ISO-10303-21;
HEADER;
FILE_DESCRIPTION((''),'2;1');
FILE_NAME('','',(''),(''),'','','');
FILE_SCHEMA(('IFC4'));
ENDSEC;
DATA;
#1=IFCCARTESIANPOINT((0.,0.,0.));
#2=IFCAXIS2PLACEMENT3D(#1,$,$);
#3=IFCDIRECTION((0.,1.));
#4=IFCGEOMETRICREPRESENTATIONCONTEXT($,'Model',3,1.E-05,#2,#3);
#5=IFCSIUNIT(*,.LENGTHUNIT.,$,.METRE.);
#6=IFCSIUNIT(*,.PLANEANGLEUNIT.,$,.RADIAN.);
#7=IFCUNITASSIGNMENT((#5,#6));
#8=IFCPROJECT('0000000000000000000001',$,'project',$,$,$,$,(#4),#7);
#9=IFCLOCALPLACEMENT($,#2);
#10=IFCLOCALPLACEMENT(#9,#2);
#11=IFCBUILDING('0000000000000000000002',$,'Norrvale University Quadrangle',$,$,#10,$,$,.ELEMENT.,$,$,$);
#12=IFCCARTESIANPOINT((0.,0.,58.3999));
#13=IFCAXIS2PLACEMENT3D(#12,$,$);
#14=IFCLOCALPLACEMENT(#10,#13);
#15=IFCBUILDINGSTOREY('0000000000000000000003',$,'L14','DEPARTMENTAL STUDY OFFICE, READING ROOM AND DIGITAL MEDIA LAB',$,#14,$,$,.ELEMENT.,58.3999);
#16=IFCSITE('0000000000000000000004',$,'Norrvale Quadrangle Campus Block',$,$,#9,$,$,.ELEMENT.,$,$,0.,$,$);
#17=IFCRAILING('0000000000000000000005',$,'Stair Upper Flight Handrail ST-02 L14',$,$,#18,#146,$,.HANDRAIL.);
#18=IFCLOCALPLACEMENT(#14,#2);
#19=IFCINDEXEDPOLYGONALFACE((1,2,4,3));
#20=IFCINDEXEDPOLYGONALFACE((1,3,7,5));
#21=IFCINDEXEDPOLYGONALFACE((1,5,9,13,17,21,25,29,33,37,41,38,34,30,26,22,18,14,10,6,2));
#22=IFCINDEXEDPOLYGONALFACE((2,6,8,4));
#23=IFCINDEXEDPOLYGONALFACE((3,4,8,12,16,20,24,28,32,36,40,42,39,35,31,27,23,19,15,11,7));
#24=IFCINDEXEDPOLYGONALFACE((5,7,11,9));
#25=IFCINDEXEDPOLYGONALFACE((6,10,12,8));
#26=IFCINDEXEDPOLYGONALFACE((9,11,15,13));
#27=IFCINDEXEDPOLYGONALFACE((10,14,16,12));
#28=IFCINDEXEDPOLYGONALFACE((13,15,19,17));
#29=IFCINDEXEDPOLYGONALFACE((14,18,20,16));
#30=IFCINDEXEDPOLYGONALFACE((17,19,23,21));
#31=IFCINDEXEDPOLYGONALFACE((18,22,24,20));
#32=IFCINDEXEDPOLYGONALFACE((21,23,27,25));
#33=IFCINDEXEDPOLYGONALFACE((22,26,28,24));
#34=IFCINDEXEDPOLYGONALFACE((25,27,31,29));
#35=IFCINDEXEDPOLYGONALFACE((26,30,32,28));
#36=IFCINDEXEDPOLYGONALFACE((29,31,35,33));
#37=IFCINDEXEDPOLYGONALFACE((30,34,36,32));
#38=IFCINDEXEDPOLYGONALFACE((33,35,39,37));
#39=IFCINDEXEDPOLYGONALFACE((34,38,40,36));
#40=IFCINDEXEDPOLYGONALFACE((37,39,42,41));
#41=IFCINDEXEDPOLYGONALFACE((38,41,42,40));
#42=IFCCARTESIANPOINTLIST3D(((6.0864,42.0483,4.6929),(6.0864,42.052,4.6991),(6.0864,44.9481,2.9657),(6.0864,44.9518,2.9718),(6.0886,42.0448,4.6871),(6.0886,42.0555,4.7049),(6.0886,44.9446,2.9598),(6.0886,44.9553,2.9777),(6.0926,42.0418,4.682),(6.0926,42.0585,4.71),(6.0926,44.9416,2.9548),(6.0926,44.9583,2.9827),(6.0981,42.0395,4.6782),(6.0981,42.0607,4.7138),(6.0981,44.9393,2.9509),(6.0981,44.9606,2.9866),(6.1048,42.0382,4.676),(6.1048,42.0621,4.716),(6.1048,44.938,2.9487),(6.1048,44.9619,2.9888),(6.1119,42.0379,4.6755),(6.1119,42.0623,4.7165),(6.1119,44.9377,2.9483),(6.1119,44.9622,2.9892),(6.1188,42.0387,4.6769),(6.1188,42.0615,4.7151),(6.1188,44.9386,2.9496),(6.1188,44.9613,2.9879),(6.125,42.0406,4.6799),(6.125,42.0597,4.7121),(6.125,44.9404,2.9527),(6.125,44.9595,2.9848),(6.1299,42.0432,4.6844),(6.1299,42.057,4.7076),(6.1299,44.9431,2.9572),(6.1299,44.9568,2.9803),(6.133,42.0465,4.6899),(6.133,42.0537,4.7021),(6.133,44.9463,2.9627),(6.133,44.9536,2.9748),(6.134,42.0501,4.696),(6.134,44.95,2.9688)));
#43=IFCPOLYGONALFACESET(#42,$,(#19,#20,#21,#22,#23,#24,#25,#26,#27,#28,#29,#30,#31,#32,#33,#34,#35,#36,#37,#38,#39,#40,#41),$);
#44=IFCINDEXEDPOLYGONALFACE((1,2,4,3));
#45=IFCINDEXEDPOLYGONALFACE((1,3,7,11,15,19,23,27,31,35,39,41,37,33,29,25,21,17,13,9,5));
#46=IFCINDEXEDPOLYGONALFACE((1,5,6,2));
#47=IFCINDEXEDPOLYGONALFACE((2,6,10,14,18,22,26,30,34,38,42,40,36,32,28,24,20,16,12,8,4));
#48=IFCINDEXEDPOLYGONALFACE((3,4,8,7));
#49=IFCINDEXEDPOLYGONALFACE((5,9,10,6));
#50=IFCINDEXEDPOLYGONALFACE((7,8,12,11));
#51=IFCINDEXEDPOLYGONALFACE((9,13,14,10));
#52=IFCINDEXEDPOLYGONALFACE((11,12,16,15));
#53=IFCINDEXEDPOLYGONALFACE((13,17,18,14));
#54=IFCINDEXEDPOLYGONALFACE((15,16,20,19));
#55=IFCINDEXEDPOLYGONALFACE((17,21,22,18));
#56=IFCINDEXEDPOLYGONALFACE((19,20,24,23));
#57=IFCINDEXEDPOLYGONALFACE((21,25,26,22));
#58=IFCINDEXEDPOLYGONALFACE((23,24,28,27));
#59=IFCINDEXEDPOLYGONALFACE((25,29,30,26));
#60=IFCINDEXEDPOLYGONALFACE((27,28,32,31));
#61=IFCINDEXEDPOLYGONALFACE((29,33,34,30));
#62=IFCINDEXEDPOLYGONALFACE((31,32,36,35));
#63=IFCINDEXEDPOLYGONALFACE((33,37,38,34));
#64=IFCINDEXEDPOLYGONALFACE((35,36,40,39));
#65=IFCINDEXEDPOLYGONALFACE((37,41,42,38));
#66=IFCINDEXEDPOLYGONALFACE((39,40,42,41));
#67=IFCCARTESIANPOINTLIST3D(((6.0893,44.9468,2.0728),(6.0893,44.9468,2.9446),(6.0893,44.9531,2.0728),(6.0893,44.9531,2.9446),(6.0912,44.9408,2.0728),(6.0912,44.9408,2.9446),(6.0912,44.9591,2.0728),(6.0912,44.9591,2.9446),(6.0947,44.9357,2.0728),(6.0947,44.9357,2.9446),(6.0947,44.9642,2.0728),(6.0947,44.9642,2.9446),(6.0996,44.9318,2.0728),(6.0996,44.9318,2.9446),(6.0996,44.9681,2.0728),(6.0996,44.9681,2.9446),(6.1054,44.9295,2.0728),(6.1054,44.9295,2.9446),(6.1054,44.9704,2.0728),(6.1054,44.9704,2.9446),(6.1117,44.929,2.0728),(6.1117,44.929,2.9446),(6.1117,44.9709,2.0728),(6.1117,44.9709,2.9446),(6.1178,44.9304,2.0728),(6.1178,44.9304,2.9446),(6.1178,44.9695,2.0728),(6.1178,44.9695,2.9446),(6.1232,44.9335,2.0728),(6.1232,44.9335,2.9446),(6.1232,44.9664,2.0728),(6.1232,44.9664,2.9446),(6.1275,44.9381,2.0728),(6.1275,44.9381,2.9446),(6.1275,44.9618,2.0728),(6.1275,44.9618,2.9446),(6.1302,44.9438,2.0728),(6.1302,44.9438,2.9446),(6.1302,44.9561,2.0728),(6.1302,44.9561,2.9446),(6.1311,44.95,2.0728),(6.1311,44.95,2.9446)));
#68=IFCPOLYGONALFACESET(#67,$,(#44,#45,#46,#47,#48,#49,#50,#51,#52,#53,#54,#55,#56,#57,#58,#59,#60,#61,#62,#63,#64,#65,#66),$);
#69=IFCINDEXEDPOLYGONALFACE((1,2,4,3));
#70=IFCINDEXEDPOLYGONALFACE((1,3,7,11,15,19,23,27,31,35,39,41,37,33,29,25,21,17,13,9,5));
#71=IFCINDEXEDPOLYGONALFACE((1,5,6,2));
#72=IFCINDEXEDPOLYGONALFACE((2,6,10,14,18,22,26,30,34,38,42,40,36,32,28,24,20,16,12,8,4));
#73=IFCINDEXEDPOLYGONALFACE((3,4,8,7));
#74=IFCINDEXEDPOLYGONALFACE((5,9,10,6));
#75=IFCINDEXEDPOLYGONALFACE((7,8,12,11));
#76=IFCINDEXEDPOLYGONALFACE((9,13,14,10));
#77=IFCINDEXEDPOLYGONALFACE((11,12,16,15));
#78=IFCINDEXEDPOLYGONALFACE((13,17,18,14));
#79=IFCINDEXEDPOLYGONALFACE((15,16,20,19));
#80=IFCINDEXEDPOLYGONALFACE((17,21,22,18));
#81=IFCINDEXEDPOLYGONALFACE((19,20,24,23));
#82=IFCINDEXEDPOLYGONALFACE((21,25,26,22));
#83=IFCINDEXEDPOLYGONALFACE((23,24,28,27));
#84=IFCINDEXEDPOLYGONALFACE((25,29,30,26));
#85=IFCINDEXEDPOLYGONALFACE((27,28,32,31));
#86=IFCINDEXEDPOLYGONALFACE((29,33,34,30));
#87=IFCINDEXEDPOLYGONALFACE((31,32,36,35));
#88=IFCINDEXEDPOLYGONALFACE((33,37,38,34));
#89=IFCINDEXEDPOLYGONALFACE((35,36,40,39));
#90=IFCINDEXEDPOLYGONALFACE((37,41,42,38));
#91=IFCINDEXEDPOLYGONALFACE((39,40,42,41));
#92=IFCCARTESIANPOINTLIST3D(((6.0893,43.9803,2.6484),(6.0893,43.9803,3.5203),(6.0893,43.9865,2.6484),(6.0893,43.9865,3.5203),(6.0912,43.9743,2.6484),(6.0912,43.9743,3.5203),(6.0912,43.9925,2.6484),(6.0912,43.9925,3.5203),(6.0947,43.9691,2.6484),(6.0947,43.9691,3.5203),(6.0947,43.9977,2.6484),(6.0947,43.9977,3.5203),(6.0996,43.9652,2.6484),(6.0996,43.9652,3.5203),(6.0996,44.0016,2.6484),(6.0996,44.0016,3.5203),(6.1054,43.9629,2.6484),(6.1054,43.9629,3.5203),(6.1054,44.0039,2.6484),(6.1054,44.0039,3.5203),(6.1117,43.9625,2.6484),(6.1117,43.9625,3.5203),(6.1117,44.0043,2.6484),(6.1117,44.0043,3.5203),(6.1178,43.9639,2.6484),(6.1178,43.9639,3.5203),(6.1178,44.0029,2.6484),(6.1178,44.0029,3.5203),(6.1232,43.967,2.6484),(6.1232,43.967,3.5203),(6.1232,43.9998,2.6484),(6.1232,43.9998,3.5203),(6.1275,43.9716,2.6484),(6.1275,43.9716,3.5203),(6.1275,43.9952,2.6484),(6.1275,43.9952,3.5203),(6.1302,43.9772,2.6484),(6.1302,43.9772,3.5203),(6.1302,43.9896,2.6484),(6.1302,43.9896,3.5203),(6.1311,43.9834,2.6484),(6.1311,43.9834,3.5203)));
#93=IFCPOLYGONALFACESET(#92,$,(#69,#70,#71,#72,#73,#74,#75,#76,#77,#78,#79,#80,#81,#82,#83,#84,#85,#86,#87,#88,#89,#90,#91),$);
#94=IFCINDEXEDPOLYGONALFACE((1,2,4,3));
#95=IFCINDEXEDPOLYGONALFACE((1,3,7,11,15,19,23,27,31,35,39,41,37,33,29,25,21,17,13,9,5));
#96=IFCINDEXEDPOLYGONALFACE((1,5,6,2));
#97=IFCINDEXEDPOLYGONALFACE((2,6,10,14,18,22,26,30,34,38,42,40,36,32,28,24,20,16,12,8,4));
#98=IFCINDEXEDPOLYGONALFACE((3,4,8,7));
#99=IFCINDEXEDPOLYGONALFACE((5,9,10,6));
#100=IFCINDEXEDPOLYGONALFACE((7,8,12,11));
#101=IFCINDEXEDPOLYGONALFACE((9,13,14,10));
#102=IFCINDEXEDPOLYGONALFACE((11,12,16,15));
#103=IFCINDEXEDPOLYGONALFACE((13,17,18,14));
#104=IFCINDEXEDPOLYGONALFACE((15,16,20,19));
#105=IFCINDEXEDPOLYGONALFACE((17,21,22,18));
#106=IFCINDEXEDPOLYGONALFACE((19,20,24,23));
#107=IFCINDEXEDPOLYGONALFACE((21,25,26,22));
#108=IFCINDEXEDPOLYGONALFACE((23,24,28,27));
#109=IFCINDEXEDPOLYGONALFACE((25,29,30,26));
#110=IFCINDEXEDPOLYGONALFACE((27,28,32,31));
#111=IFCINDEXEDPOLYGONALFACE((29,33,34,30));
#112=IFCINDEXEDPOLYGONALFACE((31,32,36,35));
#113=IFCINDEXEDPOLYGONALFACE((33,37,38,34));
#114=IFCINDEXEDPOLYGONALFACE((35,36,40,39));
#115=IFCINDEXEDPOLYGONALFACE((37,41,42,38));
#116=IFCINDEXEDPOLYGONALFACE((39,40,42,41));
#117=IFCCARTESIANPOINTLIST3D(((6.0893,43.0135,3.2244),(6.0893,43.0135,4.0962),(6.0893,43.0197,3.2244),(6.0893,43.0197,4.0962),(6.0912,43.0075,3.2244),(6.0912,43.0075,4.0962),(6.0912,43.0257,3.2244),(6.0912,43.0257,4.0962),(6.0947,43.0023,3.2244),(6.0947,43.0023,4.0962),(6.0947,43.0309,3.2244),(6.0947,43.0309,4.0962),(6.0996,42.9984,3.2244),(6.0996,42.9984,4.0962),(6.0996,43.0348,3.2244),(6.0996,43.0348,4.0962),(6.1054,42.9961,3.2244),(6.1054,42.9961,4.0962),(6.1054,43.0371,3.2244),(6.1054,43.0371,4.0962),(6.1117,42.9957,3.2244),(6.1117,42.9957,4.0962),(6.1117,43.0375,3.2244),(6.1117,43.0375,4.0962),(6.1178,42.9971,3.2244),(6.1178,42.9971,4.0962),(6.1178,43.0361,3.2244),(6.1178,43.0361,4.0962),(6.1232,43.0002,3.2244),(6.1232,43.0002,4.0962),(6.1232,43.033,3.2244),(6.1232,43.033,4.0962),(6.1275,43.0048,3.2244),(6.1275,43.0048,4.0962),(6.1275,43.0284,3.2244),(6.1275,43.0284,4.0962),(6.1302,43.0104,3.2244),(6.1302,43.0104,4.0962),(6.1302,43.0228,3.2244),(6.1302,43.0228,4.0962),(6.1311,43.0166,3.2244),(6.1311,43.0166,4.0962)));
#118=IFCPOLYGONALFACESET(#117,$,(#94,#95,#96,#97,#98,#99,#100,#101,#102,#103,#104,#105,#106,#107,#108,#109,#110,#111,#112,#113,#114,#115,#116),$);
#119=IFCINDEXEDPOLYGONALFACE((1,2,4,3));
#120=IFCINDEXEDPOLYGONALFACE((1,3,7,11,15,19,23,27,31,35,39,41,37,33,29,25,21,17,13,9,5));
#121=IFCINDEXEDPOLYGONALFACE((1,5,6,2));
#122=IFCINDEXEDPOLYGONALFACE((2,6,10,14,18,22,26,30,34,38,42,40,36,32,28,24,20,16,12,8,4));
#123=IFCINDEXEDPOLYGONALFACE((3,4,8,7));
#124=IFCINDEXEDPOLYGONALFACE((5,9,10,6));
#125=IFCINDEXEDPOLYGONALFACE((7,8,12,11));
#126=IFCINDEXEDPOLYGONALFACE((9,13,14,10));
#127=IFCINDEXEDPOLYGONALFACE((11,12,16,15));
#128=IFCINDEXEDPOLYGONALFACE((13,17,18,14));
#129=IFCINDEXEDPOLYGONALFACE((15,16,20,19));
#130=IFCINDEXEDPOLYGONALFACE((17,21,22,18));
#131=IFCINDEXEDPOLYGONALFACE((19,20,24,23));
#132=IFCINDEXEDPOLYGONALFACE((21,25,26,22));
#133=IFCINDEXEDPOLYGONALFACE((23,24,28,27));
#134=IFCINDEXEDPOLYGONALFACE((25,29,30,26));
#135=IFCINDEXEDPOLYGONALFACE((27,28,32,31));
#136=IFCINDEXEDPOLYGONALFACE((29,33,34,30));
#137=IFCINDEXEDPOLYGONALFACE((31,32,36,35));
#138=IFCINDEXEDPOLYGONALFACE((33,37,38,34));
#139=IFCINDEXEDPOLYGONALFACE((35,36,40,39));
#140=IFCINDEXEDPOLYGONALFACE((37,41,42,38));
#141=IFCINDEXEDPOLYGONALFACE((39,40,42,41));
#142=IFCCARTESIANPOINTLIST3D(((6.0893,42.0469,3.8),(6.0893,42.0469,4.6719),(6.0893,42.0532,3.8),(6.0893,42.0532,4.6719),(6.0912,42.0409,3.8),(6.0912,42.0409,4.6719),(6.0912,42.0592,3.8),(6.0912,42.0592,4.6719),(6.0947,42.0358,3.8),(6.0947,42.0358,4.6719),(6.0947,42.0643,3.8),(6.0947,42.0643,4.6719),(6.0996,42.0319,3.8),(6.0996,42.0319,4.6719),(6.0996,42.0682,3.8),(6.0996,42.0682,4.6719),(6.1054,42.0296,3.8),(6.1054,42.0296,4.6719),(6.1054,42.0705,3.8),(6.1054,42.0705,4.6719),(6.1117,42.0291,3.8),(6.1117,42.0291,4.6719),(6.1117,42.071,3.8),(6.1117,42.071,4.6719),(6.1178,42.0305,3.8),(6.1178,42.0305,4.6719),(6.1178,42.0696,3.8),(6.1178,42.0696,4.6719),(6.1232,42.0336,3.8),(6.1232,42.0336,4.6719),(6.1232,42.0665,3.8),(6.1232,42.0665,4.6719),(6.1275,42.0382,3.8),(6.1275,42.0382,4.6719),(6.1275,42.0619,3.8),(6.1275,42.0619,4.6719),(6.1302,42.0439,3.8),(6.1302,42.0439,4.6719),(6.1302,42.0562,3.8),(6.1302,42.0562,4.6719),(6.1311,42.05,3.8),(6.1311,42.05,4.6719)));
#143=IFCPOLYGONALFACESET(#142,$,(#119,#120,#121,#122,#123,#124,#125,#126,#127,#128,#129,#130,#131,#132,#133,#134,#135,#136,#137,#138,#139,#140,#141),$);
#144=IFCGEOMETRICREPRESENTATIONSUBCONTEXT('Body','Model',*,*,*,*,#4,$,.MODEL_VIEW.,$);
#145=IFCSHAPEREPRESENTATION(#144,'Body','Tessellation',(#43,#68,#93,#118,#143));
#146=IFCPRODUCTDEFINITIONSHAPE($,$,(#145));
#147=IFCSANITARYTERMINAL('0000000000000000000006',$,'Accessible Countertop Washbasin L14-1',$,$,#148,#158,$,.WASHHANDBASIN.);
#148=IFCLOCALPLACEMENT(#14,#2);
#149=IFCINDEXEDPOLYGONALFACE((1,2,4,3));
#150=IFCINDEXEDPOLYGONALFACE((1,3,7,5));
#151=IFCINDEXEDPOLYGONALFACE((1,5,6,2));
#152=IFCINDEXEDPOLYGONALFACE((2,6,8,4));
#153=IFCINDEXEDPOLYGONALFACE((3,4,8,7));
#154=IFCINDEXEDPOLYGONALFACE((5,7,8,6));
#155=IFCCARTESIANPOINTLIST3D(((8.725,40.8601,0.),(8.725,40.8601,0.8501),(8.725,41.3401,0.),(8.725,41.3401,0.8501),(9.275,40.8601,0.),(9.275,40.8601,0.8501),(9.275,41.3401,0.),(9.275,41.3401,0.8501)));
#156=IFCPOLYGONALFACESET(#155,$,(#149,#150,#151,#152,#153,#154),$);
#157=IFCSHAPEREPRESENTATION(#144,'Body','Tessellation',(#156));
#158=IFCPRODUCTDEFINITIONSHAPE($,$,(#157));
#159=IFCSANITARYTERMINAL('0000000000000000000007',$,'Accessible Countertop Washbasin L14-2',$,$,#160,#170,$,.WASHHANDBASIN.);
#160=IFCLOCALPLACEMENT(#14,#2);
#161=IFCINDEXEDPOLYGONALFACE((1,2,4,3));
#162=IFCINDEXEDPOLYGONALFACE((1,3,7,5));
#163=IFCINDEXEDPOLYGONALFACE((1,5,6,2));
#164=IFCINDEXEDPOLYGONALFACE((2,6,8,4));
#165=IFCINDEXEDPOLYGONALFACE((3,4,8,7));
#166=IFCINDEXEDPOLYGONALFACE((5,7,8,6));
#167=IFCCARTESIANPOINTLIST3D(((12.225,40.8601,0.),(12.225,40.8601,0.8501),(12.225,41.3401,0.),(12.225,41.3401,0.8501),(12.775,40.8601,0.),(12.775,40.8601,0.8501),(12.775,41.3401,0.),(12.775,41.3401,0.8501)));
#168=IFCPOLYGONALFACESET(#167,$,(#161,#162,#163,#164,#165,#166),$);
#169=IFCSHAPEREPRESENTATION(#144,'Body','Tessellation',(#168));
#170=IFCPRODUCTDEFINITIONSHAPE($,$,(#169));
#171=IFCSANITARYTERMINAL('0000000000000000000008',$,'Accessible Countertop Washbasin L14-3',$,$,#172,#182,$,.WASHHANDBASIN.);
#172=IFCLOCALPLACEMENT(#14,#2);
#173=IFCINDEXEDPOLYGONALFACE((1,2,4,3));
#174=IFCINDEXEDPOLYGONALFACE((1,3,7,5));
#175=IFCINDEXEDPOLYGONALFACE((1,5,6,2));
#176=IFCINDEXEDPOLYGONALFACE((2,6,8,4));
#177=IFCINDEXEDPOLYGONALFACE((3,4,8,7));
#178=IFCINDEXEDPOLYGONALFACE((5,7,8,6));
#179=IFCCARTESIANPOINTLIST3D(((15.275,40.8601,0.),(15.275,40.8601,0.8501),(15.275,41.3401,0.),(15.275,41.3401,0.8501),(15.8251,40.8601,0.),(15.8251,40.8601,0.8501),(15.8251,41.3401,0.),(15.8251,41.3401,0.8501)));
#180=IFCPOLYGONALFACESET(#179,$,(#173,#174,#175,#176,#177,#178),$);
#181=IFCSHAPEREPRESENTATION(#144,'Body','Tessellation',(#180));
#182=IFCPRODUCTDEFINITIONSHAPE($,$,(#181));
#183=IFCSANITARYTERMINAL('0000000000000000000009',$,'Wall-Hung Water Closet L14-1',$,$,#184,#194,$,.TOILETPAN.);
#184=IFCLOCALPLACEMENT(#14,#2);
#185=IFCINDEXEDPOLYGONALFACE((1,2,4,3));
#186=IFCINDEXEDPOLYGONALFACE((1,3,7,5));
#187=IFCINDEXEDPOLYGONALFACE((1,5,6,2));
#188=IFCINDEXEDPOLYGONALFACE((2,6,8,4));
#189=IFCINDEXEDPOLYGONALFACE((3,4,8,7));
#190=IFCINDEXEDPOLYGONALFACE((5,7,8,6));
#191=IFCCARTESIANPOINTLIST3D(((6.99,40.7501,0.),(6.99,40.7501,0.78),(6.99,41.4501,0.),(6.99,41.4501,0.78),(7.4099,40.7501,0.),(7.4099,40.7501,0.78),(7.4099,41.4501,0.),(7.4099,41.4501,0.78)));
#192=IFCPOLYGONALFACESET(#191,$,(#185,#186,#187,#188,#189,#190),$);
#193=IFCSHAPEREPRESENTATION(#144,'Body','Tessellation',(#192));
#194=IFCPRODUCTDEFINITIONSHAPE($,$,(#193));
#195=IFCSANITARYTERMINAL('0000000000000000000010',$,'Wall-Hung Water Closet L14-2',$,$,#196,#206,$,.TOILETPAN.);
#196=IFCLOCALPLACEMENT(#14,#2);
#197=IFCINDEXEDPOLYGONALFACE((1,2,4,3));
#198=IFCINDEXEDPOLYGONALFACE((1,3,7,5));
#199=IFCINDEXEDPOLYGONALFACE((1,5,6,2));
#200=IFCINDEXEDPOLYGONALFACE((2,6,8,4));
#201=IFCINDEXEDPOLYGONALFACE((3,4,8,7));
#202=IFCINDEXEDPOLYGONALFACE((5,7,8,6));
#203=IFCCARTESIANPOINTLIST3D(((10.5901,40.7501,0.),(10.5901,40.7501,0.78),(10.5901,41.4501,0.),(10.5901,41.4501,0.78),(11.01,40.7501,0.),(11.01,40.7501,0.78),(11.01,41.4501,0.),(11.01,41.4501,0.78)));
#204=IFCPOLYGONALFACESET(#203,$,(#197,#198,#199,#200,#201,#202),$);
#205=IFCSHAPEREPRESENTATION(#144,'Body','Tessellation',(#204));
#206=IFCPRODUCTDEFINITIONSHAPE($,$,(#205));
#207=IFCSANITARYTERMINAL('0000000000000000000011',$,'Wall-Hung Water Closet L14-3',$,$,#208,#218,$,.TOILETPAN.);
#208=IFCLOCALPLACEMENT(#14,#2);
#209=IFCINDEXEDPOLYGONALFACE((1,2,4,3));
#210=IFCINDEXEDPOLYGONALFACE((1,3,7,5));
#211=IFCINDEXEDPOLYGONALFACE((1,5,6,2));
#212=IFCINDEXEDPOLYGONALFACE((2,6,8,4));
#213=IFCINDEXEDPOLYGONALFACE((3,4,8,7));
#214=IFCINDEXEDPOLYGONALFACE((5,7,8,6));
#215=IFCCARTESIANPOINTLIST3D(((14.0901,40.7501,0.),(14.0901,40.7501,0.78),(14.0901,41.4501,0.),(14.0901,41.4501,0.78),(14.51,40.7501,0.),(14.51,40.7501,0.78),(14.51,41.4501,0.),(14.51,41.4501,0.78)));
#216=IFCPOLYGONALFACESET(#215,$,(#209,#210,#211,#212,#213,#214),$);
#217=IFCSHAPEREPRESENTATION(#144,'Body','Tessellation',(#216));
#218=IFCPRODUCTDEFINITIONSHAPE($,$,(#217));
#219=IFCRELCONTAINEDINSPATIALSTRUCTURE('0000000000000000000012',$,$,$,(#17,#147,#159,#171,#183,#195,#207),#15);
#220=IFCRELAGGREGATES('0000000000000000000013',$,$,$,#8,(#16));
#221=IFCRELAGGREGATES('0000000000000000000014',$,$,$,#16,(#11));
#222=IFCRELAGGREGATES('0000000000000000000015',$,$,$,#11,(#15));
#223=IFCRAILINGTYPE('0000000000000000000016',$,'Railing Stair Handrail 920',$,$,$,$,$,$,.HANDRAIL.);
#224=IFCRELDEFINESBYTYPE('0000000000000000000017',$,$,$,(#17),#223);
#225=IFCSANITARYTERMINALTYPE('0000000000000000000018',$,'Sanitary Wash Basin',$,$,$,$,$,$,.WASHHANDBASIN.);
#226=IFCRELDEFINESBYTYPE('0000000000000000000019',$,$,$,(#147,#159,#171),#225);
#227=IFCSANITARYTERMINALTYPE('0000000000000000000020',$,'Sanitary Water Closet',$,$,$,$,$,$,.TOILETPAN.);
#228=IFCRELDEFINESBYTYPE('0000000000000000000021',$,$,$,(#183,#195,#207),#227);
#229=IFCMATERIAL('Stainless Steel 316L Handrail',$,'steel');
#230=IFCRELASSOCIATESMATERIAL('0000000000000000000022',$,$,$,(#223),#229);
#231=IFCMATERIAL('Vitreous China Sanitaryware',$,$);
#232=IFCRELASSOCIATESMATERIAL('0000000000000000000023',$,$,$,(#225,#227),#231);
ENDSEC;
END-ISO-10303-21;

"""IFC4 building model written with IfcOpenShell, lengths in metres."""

from ifc_helpers import new_model, si_unit, direction, frame, origin, origin_2d, place, context, subcontext, project, spatial, rectangle, circle, extrude, material, type_object, element, save


model = new_model("IFC4")

# Units and contexts
model_context = context("Model", 3, precision=1e-05, world=origin(), true_north=direction((0.0, 1.0)))
body_context = subcontext(model_context, "Body", "Model", "MODEL_VIEW")
ifc_project = project(units=[si_unit("LENGTHUNIT", "METRE"), si_unit("PLANEANGLEUNIT", "RADIAN")], contexts=[model_context])

# Site, building, storey
site_placement = place(None, origin())
site = spatial("IfcSite", under=ifc_project, at=site_placement, Name="Norrvale Quadrangle Campus Block", CompositionType="ELEMENT", RefElevation=0.0)
building_placement = place(site_placement, origin())
building = spatial("IfcBuilding", under=site, at=building_placement, Name="Norrvale University Quadrangle", CompositionType="ELEMENT")
storey_placement = place(building_placement, frame((0.0, 0.0, 58.3999)))
storey = spatial("IfcBuildingStorey", under=building, at=storey_placement, Name="L14", Description="DEPARTMENTAL STUDY OFFICE, READING ROOM AND DIGITAL MEDIA LAB", CompositionType="ELEMENT", Elevation=58.3999)

# Railing
ifc_material_1 = material(Name="Stainless Steel 316L Handrail", Category="steel")
railing_type_1 = type_object("IfcRailingType", Name="Railing Stair Handrail 920", PredefinedType="HANDRAIL", material=ifc_material_1)
railing_1_placement = place(storey_placement, frame((6.1101, 44.95, 2.0728)))
element("IfcRailing", 1, at=railing_1_placement, inside=storey, type_object=railing_type_1, Name="Stair Upper Flight Handrail ST-02 L14", PredefinedType="HANDRAIL", context=body_context, shape_type="SweptSolid", body=[
    extrude(circle(Radius=0.0239, at=origin_2d()), frame((0.0, 0.0, 0.896), z_axis=(0.0, -0.859141, 0.511738), x_axis=(1.0, 0.0, 0.0)), (0.0, 0.0, 1.0), 3.3752),
    extrude(circle(Radius=0.021, at=origin_2d()), origin(), (0.0, 0.0, 1.0), 0.8718),
    extrude(circle(Radius=0.021, at=origin_2d()), frame((0.0, -0.9666, 0.5757)), (0.0, 0.0, 1.0), 0.8718),
    extrude(circle(Radius=0.021, at=origin_2d()), frame((0.0, -1.9333, 1.1516)), (0.0, 0.0, 1.0), 0.8718),
    extrude(circle(Radius=0.021, at=origin_2d()), frame((0.0, -2.8999, 1.7273)), (0.0, 0.0, 1.0), 0.8718),
])

# Sanitary terminals
ifc_material_2 = material(Name="Vitreous China Sanitaryware")
sanitary_terminal_type_1 = type_object("IfcSanitaryTerminalType", Name="Sanitary Wash Basin", PredefinedType="WASHHANDBASIN", material=ifc_material_2)
for number, where, z_axis, x_axis, name in (
    (2, (9.0, 41.1001, 0.0), (0.0, 0.0, 1.0), (1.0, 0.0, 0.0), "Accessible Countertop Washbasin L14-1"),
    (3, (12.5, 41.1001, 0.0), (0.0, 0.0, 1.0), (1.0, 0.0, 0.0), "Accessible Countertop Washbasin L14-2"),
    (4, (15.55, 41.1001, 0.0), (0.0, 0.0, 1.0), (1.0, 0.0, 0.0), "Accessible Countertop Washbasin L14-3"),
):
    element("IfcSanitaryTerminal", number, at=place(storey_placement, frame(where, z_axis=z_axis, x_axis=x_axis)), inside=storey, type_object=sanitary_terminal_type_1, Name=name, PredefinedType="WASHHANDBASIN", context=body_context, shape_type="SweptSolid", body=[
        extrude(rectangle(XDim=0.55, YDim=0.48, at=origin_2d()), origin(), (0.0, 0.0, 1.0), 0.8501),
    ])
sanitary_terminal_type_2 = type_object("IfcSanitaryTerminalType", Name="Sanitary Water Closet", PredefinedType="TOILETPAN", material=ifc_material_2)
for number, where, z_axis, x_axis, name in (
    (5, (7.2, 41.1001, 0.0), (0.0, 0.0, 1.0), (1.0, 0.0, 0.0), "Wall-Hung Water Closet L14-1"),
    (6, (10.8, 41.1001, 0.0), (0.0, 0.0, 1.0), (1.0, 0.0, 0.0), "Wall-Hung Water Closet L14-2"),
    (7, (14.3, 41.1001, 0.0), (0.0, 0.0, 1.0), (1.0, 0.0, 0.0), "Wall-Hung Water Closet L14-3"),
):
    element("IfcSanitaryTerminal", number, at=place(storey_placement, frame(where, z_axis=z_axis, x_axis=x_axis)), inside=storey, type_object=sanitary_terminal_type_2, Name=name, PredefinedType="TOILETPAN", context=body_context, shape_type="SweptSolid", body=[
        extrude(rectangle(XDim=0.4199, YDim=0.7, at=origin_2d()), origin(), (0.0, 0.0, 1.0), 0.78),
    ])

save(model, "model.ifc")
